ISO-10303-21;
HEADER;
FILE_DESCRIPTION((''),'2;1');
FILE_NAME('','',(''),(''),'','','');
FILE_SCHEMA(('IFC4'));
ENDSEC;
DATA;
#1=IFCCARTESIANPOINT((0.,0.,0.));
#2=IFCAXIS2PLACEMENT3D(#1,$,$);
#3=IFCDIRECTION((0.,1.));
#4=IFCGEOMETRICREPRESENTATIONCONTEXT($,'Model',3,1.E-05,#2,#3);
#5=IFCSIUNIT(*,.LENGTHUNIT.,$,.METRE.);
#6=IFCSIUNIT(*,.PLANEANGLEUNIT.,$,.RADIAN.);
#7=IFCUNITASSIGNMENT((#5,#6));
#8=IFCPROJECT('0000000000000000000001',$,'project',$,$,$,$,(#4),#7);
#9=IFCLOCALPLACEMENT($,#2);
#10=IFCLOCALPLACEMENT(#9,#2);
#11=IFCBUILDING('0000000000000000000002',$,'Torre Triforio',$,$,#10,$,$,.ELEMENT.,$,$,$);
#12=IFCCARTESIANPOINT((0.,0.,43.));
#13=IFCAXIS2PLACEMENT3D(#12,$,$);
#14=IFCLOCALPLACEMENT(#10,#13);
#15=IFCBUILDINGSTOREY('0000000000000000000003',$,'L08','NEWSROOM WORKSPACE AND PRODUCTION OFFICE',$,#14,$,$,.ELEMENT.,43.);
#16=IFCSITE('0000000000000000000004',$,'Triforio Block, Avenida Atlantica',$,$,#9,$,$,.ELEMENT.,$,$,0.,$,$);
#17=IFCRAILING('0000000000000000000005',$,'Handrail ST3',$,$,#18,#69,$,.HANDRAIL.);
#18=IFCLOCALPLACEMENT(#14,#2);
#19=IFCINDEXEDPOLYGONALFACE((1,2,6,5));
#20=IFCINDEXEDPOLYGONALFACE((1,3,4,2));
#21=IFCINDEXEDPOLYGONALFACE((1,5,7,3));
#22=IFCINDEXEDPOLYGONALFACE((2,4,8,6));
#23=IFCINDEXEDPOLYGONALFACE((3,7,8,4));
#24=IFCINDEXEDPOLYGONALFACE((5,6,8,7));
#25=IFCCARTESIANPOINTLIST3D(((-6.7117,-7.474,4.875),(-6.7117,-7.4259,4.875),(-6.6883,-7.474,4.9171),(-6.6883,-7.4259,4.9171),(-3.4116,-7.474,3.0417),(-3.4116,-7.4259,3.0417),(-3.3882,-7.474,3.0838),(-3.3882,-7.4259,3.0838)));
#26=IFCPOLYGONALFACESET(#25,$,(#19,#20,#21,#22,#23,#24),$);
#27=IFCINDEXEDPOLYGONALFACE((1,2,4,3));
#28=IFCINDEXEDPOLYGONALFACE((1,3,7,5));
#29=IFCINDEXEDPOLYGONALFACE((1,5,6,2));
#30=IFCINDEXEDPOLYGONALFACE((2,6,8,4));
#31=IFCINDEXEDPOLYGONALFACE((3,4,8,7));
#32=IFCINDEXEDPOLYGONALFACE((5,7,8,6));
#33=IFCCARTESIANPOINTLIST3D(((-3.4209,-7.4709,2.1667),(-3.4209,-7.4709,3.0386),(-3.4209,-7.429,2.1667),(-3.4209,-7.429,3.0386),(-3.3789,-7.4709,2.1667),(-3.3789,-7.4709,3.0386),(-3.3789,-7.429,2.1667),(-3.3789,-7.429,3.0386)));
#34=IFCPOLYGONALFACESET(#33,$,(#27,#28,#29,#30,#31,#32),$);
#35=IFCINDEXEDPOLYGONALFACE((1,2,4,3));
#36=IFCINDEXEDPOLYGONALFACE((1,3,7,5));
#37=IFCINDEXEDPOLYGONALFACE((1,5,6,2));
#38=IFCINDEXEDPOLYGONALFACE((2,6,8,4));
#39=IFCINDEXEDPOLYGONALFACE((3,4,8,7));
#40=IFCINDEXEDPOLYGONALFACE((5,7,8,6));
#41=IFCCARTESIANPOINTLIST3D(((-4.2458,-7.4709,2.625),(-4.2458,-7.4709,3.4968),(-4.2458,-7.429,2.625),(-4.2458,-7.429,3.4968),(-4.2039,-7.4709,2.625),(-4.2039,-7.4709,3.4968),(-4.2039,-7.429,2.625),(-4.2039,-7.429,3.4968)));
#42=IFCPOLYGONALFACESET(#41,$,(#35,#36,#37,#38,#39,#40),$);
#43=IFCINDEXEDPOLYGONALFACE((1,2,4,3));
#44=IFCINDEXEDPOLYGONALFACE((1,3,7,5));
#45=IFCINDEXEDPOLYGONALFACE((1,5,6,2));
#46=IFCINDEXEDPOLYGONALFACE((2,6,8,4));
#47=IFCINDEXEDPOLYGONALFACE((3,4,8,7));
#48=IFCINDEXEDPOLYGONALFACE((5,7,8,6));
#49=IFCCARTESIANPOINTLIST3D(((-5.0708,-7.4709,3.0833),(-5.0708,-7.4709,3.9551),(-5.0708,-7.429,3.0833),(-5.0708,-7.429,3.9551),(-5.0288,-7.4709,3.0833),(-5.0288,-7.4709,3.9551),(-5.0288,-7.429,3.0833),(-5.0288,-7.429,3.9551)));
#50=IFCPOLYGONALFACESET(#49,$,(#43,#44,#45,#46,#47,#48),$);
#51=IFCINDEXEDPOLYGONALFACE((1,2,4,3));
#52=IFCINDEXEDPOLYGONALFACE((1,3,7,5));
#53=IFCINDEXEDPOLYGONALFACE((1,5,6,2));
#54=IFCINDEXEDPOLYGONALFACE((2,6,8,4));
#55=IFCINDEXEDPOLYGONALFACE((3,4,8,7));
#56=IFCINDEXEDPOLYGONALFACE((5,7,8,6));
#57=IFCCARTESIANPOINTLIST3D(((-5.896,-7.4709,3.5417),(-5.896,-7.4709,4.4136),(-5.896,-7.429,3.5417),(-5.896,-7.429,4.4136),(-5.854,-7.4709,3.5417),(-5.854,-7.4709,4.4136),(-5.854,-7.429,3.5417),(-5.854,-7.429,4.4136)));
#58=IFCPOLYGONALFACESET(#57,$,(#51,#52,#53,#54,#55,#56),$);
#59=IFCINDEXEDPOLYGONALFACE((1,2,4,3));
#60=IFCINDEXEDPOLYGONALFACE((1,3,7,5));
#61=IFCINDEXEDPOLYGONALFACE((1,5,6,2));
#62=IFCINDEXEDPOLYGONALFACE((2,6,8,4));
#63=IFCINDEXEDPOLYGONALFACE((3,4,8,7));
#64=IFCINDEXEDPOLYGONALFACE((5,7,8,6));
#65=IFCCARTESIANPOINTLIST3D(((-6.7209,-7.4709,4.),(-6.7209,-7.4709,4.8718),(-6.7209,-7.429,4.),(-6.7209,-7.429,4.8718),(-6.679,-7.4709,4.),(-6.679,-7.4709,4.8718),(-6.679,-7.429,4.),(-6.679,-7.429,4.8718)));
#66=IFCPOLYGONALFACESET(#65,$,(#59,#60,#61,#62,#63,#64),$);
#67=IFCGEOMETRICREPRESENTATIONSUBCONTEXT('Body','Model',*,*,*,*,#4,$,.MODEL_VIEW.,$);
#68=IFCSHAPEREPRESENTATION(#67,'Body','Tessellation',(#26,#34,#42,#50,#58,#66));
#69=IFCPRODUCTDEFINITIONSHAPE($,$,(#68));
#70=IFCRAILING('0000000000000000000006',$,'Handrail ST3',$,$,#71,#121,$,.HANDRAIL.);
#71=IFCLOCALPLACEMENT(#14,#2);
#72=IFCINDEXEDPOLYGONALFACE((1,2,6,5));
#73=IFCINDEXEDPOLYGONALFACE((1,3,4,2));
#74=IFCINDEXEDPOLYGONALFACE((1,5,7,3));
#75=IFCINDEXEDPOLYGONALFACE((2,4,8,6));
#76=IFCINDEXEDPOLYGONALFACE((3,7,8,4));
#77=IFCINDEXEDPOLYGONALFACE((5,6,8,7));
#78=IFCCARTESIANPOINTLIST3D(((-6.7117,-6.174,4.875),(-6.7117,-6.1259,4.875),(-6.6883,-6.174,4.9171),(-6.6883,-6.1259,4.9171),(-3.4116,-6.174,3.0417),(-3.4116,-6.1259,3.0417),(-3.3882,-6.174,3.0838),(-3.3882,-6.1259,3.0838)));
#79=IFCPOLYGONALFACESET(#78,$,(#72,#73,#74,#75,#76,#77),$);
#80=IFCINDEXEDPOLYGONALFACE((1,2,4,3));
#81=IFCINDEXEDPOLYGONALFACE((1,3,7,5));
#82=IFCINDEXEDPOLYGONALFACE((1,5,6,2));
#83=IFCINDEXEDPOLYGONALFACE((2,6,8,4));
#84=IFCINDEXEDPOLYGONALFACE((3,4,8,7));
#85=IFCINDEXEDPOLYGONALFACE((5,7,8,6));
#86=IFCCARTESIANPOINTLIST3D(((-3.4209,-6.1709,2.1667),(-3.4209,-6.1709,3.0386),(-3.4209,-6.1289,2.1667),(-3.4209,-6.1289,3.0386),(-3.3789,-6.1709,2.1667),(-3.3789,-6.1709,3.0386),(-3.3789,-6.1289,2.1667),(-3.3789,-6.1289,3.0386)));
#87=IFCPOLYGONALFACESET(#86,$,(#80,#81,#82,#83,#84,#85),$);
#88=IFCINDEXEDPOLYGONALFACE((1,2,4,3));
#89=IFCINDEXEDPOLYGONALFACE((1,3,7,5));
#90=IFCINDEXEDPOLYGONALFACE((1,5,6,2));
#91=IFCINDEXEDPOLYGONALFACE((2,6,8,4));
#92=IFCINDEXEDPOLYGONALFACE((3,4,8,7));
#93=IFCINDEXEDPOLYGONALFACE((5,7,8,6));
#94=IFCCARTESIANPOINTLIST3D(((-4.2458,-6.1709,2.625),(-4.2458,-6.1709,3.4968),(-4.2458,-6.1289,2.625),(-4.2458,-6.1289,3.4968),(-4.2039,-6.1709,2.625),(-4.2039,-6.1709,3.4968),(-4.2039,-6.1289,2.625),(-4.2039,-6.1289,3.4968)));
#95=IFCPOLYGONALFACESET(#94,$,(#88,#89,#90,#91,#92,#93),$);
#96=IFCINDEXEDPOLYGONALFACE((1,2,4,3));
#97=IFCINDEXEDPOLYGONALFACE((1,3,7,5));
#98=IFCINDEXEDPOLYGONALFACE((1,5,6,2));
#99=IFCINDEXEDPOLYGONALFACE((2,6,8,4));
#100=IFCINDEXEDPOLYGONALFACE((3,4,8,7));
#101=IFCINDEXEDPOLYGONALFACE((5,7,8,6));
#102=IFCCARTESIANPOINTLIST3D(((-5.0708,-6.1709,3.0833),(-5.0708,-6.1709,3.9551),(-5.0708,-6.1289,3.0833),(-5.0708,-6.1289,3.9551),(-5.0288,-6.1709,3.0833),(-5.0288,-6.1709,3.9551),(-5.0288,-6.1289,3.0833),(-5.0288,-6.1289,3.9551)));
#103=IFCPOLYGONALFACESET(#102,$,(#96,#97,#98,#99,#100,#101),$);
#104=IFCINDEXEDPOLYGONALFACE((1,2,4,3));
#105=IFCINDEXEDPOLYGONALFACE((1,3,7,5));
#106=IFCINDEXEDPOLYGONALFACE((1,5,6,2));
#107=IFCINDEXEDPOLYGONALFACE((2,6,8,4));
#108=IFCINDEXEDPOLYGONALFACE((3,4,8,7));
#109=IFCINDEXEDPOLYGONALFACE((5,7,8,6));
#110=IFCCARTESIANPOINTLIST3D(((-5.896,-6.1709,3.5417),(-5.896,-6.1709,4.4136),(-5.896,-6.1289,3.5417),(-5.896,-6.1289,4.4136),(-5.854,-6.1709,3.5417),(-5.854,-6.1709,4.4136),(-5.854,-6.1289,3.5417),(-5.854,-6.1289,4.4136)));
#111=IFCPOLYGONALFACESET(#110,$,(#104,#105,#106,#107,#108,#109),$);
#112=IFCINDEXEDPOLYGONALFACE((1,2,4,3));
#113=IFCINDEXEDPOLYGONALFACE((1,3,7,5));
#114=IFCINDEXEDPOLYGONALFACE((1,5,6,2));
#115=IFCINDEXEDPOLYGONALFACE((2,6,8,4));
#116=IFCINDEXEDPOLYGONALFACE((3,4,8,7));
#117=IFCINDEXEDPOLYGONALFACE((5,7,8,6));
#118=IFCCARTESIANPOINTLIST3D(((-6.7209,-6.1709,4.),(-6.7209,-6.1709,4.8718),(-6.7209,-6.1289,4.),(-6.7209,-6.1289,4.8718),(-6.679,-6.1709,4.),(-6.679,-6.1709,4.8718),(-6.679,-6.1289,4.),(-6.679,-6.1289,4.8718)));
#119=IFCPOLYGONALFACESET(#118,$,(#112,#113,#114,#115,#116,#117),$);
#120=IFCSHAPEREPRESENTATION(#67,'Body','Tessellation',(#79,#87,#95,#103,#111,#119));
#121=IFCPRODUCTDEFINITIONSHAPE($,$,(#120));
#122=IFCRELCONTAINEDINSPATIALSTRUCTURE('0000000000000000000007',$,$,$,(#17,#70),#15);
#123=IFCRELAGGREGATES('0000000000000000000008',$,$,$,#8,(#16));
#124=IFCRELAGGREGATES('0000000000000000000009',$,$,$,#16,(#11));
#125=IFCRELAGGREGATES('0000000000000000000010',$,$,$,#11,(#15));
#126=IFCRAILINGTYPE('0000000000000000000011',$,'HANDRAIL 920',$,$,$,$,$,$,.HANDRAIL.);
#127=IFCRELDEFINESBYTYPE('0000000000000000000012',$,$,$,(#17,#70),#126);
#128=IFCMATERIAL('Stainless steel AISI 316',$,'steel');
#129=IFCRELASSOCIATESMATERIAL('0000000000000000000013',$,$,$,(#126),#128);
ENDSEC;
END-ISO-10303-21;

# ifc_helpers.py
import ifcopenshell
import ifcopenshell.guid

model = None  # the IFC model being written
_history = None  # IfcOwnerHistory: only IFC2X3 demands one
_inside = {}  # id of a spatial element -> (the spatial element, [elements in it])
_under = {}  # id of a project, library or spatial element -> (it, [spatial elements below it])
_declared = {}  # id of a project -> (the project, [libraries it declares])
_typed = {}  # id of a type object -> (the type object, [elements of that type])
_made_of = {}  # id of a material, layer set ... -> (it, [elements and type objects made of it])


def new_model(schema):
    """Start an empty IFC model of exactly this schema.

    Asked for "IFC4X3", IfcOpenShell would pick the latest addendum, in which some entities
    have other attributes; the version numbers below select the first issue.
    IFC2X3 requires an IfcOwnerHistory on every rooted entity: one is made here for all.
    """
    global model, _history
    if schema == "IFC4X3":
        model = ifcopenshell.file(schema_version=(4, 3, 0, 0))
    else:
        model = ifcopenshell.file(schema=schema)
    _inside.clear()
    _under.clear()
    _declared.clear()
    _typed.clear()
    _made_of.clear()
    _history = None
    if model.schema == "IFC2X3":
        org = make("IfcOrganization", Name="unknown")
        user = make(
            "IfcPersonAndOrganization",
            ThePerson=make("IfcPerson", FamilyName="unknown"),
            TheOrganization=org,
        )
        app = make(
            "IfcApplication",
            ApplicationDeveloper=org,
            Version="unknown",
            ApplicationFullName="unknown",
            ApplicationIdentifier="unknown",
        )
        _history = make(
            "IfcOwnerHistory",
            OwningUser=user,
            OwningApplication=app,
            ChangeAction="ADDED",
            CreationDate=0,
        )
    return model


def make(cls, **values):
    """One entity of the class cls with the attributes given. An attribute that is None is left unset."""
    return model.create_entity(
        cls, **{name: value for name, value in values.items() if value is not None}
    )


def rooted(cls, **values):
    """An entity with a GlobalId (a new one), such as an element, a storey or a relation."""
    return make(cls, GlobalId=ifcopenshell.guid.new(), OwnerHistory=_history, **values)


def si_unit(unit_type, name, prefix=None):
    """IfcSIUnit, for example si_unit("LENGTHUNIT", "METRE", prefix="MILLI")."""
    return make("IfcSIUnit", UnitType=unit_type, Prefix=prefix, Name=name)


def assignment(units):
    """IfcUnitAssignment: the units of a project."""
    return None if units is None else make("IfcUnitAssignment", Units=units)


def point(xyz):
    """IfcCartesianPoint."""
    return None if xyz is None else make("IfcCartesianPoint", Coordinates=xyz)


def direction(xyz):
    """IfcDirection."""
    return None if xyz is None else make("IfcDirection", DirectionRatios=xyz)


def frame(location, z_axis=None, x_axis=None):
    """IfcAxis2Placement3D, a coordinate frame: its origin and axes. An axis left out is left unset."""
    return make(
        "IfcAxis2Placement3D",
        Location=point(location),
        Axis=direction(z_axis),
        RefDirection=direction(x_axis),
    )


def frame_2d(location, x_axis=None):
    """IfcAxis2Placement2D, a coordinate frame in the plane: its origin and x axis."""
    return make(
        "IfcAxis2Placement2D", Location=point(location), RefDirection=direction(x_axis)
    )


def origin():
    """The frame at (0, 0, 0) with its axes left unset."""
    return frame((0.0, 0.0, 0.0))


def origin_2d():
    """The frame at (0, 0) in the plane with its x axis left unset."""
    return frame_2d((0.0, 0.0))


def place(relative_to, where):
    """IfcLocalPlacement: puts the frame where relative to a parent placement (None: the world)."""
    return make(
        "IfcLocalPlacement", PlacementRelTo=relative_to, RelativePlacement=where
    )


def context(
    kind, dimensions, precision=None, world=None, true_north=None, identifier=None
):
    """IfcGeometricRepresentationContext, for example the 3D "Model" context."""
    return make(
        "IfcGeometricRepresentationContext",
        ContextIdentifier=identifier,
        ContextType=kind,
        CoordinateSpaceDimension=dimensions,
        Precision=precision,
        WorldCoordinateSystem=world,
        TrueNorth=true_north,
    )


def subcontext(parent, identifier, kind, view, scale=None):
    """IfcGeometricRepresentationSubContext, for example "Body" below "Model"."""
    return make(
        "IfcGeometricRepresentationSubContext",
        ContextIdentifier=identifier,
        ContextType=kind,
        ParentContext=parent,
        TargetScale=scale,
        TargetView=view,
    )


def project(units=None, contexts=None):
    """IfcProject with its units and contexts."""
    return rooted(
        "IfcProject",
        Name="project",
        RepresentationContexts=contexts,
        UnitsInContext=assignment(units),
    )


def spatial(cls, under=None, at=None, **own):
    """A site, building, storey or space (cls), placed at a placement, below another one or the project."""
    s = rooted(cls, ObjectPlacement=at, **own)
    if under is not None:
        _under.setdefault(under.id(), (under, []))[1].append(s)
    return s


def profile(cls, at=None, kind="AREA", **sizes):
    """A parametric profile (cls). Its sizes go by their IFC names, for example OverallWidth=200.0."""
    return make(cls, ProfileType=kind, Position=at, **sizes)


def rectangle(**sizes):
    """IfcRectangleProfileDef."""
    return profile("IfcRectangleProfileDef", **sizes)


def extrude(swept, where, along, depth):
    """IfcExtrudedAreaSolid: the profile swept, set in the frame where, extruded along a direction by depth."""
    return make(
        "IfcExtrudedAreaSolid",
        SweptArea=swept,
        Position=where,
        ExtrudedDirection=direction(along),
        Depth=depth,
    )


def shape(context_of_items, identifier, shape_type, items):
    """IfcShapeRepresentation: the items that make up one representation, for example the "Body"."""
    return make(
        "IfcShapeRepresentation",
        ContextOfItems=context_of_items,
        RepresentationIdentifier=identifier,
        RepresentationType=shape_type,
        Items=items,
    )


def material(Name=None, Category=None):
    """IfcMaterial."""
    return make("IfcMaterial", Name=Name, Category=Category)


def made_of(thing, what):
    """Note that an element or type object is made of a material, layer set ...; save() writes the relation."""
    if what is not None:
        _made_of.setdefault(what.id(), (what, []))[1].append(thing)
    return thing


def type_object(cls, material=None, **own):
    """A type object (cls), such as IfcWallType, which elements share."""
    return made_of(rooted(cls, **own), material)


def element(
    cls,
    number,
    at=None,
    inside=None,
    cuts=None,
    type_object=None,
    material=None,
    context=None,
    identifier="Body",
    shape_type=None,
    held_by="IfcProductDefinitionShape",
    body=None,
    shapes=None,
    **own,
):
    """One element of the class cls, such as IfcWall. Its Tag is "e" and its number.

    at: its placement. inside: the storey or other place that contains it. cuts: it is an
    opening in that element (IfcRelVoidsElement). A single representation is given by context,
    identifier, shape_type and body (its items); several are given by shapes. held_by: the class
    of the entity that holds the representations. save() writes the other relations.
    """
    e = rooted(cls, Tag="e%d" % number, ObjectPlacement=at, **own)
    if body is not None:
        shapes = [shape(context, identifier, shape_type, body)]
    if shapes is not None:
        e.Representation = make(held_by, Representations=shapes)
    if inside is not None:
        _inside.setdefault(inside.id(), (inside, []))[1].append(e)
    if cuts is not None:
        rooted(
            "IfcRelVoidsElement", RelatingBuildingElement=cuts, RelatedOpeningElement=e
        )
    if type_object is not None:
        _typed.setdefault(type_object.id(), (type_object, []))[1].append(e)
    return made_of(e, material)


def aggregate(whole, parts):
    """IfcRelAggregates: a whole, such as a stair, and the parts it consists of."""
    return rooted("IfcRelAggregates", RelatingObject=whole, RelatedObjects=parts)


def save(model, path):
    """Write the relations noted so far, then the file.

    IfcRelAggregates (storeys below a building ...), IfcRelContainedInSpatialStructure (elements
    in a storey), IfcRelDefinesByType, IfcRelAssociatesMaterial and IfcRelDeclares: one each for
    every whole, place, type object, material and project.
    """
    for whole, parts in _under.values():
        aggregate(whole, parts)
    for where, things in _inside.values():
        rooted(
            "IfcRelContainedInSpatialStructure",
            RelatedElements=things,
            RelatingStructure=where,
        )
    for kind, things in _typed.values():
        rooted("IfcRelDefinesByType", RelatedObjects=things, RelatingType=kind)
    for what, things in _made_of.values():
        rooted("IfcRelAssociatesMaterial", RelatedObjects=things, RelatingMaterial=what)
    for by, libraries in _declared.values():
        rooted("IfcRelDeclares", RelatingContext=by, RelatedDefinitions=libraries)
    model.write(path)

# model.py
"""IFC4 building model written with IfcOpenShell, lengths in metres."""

from ifc_helpers import new_model, si_unit, direction, frame, origin, origin_2d, place, context, subcontext, project, spatial, rectangle, extrude, material, type_object, element, save


model = new_model("IFC4")

# Units and contexts
model_context = context("Model", 3, precision=1e-05, world=origin(), true_north=direction((0.0, 1.0)))
body_context = subcontext(model_context, "Body", "Model", "MODEL_VIEW")
ifc_project = project(units=[si_unit("LENGTHUNIT", "METRE"), si_unit("PLANEANGLEUNIT", "RADIAN")], contexts=[model_context])

# Site, building, storey
site_placement = place(None, origin())
site = spatial("IfcSite", under=ifc_project, at=site_placement, Name="Triforio Block, Avenida Atlantica", CompositionType="ELEMENT", RefElevation=0.0)
building_placement = place(site_placement, origin())
building = spatial("IfcBuilding", under=site, at=building_placement, Name="Torre Triforio", CompositionType="ELEMENT")
storey_placement = place(building_placement, frame((0.0, 0.0, 43.0)))
storey = spatial("IfcBuildingStorey", under=building, at=storey_placement, Name="L08", Description="NEWSROOM WORKSPACE AND PRODUCTION OFFICE", CompositionType="ELEMENT", Elevation=43.0)

# Railings
ifc_material_1 = material(Name="Stainless steel AISI 316", Category="steel")
railing_type = type_object("IfcRailingType", Name="HANDRAIL 920", PredefinedType="HANDRAIL", material=ifc_material_1)
for number, where, name in (
    (1, (-3.3999, -7.45, 2.1667), "Handrail ST3"),
    (2, (-3.3999, -6.1499, 2.1667), "Handrail ST3"),
):
    element("IfcRailing", number, at=place(storey_placement, frame(where)), inside=storey, type_object=railing_type, Name=name, PredefinedType="HANDRAIL", context=body_context, shape_type="SweptSolid", body=[
        extrude(rectangle(XDim=0.0481, YDim=0.0481, at=origin_2d()), frame((0.0, 0.0, 0.896), z_axis=(-0.874169, 0.0, 0.485621), x_axis=(0.0, -1.0, 0.0)), (0.0, 0.0, 1.0), 3.7751),
        extrude(rectangle(XDim=0.042, YDim=0.042, at=origin_2d()), origin(), (0.0, 0.0, 1.0), 0.8718),
        extrude(rectangle(XDim=0.042, YDim=0.042, at=origin_2d()), frame((-0.825, 0.0, 0.4583)), (0.0, 0.0, 1.0), 0.8718),
        extrude(rectangle(XDim=0.042, YDim=0.042, at=origin_2d()), frame((-1.6499, 0.0, 0.9165)), (0.0, 0.0, 1.0), 0.8718),
        extrude(rectangle(XDim=0.042, YDim=0.042, at=origin_2d()), frame((-2.4751, 0.0, 1.375)), (0.0, 0.0, 1.0), 0.8718),
        extrude(rectangle(XDim=0.042, YDim=0.042, at=origin_2d()), frame((-3.3, 0.0, 1.8333)), (0.0, 0.0, 1.0), 0.8718),
    ])

save(model, "model.ifc")
